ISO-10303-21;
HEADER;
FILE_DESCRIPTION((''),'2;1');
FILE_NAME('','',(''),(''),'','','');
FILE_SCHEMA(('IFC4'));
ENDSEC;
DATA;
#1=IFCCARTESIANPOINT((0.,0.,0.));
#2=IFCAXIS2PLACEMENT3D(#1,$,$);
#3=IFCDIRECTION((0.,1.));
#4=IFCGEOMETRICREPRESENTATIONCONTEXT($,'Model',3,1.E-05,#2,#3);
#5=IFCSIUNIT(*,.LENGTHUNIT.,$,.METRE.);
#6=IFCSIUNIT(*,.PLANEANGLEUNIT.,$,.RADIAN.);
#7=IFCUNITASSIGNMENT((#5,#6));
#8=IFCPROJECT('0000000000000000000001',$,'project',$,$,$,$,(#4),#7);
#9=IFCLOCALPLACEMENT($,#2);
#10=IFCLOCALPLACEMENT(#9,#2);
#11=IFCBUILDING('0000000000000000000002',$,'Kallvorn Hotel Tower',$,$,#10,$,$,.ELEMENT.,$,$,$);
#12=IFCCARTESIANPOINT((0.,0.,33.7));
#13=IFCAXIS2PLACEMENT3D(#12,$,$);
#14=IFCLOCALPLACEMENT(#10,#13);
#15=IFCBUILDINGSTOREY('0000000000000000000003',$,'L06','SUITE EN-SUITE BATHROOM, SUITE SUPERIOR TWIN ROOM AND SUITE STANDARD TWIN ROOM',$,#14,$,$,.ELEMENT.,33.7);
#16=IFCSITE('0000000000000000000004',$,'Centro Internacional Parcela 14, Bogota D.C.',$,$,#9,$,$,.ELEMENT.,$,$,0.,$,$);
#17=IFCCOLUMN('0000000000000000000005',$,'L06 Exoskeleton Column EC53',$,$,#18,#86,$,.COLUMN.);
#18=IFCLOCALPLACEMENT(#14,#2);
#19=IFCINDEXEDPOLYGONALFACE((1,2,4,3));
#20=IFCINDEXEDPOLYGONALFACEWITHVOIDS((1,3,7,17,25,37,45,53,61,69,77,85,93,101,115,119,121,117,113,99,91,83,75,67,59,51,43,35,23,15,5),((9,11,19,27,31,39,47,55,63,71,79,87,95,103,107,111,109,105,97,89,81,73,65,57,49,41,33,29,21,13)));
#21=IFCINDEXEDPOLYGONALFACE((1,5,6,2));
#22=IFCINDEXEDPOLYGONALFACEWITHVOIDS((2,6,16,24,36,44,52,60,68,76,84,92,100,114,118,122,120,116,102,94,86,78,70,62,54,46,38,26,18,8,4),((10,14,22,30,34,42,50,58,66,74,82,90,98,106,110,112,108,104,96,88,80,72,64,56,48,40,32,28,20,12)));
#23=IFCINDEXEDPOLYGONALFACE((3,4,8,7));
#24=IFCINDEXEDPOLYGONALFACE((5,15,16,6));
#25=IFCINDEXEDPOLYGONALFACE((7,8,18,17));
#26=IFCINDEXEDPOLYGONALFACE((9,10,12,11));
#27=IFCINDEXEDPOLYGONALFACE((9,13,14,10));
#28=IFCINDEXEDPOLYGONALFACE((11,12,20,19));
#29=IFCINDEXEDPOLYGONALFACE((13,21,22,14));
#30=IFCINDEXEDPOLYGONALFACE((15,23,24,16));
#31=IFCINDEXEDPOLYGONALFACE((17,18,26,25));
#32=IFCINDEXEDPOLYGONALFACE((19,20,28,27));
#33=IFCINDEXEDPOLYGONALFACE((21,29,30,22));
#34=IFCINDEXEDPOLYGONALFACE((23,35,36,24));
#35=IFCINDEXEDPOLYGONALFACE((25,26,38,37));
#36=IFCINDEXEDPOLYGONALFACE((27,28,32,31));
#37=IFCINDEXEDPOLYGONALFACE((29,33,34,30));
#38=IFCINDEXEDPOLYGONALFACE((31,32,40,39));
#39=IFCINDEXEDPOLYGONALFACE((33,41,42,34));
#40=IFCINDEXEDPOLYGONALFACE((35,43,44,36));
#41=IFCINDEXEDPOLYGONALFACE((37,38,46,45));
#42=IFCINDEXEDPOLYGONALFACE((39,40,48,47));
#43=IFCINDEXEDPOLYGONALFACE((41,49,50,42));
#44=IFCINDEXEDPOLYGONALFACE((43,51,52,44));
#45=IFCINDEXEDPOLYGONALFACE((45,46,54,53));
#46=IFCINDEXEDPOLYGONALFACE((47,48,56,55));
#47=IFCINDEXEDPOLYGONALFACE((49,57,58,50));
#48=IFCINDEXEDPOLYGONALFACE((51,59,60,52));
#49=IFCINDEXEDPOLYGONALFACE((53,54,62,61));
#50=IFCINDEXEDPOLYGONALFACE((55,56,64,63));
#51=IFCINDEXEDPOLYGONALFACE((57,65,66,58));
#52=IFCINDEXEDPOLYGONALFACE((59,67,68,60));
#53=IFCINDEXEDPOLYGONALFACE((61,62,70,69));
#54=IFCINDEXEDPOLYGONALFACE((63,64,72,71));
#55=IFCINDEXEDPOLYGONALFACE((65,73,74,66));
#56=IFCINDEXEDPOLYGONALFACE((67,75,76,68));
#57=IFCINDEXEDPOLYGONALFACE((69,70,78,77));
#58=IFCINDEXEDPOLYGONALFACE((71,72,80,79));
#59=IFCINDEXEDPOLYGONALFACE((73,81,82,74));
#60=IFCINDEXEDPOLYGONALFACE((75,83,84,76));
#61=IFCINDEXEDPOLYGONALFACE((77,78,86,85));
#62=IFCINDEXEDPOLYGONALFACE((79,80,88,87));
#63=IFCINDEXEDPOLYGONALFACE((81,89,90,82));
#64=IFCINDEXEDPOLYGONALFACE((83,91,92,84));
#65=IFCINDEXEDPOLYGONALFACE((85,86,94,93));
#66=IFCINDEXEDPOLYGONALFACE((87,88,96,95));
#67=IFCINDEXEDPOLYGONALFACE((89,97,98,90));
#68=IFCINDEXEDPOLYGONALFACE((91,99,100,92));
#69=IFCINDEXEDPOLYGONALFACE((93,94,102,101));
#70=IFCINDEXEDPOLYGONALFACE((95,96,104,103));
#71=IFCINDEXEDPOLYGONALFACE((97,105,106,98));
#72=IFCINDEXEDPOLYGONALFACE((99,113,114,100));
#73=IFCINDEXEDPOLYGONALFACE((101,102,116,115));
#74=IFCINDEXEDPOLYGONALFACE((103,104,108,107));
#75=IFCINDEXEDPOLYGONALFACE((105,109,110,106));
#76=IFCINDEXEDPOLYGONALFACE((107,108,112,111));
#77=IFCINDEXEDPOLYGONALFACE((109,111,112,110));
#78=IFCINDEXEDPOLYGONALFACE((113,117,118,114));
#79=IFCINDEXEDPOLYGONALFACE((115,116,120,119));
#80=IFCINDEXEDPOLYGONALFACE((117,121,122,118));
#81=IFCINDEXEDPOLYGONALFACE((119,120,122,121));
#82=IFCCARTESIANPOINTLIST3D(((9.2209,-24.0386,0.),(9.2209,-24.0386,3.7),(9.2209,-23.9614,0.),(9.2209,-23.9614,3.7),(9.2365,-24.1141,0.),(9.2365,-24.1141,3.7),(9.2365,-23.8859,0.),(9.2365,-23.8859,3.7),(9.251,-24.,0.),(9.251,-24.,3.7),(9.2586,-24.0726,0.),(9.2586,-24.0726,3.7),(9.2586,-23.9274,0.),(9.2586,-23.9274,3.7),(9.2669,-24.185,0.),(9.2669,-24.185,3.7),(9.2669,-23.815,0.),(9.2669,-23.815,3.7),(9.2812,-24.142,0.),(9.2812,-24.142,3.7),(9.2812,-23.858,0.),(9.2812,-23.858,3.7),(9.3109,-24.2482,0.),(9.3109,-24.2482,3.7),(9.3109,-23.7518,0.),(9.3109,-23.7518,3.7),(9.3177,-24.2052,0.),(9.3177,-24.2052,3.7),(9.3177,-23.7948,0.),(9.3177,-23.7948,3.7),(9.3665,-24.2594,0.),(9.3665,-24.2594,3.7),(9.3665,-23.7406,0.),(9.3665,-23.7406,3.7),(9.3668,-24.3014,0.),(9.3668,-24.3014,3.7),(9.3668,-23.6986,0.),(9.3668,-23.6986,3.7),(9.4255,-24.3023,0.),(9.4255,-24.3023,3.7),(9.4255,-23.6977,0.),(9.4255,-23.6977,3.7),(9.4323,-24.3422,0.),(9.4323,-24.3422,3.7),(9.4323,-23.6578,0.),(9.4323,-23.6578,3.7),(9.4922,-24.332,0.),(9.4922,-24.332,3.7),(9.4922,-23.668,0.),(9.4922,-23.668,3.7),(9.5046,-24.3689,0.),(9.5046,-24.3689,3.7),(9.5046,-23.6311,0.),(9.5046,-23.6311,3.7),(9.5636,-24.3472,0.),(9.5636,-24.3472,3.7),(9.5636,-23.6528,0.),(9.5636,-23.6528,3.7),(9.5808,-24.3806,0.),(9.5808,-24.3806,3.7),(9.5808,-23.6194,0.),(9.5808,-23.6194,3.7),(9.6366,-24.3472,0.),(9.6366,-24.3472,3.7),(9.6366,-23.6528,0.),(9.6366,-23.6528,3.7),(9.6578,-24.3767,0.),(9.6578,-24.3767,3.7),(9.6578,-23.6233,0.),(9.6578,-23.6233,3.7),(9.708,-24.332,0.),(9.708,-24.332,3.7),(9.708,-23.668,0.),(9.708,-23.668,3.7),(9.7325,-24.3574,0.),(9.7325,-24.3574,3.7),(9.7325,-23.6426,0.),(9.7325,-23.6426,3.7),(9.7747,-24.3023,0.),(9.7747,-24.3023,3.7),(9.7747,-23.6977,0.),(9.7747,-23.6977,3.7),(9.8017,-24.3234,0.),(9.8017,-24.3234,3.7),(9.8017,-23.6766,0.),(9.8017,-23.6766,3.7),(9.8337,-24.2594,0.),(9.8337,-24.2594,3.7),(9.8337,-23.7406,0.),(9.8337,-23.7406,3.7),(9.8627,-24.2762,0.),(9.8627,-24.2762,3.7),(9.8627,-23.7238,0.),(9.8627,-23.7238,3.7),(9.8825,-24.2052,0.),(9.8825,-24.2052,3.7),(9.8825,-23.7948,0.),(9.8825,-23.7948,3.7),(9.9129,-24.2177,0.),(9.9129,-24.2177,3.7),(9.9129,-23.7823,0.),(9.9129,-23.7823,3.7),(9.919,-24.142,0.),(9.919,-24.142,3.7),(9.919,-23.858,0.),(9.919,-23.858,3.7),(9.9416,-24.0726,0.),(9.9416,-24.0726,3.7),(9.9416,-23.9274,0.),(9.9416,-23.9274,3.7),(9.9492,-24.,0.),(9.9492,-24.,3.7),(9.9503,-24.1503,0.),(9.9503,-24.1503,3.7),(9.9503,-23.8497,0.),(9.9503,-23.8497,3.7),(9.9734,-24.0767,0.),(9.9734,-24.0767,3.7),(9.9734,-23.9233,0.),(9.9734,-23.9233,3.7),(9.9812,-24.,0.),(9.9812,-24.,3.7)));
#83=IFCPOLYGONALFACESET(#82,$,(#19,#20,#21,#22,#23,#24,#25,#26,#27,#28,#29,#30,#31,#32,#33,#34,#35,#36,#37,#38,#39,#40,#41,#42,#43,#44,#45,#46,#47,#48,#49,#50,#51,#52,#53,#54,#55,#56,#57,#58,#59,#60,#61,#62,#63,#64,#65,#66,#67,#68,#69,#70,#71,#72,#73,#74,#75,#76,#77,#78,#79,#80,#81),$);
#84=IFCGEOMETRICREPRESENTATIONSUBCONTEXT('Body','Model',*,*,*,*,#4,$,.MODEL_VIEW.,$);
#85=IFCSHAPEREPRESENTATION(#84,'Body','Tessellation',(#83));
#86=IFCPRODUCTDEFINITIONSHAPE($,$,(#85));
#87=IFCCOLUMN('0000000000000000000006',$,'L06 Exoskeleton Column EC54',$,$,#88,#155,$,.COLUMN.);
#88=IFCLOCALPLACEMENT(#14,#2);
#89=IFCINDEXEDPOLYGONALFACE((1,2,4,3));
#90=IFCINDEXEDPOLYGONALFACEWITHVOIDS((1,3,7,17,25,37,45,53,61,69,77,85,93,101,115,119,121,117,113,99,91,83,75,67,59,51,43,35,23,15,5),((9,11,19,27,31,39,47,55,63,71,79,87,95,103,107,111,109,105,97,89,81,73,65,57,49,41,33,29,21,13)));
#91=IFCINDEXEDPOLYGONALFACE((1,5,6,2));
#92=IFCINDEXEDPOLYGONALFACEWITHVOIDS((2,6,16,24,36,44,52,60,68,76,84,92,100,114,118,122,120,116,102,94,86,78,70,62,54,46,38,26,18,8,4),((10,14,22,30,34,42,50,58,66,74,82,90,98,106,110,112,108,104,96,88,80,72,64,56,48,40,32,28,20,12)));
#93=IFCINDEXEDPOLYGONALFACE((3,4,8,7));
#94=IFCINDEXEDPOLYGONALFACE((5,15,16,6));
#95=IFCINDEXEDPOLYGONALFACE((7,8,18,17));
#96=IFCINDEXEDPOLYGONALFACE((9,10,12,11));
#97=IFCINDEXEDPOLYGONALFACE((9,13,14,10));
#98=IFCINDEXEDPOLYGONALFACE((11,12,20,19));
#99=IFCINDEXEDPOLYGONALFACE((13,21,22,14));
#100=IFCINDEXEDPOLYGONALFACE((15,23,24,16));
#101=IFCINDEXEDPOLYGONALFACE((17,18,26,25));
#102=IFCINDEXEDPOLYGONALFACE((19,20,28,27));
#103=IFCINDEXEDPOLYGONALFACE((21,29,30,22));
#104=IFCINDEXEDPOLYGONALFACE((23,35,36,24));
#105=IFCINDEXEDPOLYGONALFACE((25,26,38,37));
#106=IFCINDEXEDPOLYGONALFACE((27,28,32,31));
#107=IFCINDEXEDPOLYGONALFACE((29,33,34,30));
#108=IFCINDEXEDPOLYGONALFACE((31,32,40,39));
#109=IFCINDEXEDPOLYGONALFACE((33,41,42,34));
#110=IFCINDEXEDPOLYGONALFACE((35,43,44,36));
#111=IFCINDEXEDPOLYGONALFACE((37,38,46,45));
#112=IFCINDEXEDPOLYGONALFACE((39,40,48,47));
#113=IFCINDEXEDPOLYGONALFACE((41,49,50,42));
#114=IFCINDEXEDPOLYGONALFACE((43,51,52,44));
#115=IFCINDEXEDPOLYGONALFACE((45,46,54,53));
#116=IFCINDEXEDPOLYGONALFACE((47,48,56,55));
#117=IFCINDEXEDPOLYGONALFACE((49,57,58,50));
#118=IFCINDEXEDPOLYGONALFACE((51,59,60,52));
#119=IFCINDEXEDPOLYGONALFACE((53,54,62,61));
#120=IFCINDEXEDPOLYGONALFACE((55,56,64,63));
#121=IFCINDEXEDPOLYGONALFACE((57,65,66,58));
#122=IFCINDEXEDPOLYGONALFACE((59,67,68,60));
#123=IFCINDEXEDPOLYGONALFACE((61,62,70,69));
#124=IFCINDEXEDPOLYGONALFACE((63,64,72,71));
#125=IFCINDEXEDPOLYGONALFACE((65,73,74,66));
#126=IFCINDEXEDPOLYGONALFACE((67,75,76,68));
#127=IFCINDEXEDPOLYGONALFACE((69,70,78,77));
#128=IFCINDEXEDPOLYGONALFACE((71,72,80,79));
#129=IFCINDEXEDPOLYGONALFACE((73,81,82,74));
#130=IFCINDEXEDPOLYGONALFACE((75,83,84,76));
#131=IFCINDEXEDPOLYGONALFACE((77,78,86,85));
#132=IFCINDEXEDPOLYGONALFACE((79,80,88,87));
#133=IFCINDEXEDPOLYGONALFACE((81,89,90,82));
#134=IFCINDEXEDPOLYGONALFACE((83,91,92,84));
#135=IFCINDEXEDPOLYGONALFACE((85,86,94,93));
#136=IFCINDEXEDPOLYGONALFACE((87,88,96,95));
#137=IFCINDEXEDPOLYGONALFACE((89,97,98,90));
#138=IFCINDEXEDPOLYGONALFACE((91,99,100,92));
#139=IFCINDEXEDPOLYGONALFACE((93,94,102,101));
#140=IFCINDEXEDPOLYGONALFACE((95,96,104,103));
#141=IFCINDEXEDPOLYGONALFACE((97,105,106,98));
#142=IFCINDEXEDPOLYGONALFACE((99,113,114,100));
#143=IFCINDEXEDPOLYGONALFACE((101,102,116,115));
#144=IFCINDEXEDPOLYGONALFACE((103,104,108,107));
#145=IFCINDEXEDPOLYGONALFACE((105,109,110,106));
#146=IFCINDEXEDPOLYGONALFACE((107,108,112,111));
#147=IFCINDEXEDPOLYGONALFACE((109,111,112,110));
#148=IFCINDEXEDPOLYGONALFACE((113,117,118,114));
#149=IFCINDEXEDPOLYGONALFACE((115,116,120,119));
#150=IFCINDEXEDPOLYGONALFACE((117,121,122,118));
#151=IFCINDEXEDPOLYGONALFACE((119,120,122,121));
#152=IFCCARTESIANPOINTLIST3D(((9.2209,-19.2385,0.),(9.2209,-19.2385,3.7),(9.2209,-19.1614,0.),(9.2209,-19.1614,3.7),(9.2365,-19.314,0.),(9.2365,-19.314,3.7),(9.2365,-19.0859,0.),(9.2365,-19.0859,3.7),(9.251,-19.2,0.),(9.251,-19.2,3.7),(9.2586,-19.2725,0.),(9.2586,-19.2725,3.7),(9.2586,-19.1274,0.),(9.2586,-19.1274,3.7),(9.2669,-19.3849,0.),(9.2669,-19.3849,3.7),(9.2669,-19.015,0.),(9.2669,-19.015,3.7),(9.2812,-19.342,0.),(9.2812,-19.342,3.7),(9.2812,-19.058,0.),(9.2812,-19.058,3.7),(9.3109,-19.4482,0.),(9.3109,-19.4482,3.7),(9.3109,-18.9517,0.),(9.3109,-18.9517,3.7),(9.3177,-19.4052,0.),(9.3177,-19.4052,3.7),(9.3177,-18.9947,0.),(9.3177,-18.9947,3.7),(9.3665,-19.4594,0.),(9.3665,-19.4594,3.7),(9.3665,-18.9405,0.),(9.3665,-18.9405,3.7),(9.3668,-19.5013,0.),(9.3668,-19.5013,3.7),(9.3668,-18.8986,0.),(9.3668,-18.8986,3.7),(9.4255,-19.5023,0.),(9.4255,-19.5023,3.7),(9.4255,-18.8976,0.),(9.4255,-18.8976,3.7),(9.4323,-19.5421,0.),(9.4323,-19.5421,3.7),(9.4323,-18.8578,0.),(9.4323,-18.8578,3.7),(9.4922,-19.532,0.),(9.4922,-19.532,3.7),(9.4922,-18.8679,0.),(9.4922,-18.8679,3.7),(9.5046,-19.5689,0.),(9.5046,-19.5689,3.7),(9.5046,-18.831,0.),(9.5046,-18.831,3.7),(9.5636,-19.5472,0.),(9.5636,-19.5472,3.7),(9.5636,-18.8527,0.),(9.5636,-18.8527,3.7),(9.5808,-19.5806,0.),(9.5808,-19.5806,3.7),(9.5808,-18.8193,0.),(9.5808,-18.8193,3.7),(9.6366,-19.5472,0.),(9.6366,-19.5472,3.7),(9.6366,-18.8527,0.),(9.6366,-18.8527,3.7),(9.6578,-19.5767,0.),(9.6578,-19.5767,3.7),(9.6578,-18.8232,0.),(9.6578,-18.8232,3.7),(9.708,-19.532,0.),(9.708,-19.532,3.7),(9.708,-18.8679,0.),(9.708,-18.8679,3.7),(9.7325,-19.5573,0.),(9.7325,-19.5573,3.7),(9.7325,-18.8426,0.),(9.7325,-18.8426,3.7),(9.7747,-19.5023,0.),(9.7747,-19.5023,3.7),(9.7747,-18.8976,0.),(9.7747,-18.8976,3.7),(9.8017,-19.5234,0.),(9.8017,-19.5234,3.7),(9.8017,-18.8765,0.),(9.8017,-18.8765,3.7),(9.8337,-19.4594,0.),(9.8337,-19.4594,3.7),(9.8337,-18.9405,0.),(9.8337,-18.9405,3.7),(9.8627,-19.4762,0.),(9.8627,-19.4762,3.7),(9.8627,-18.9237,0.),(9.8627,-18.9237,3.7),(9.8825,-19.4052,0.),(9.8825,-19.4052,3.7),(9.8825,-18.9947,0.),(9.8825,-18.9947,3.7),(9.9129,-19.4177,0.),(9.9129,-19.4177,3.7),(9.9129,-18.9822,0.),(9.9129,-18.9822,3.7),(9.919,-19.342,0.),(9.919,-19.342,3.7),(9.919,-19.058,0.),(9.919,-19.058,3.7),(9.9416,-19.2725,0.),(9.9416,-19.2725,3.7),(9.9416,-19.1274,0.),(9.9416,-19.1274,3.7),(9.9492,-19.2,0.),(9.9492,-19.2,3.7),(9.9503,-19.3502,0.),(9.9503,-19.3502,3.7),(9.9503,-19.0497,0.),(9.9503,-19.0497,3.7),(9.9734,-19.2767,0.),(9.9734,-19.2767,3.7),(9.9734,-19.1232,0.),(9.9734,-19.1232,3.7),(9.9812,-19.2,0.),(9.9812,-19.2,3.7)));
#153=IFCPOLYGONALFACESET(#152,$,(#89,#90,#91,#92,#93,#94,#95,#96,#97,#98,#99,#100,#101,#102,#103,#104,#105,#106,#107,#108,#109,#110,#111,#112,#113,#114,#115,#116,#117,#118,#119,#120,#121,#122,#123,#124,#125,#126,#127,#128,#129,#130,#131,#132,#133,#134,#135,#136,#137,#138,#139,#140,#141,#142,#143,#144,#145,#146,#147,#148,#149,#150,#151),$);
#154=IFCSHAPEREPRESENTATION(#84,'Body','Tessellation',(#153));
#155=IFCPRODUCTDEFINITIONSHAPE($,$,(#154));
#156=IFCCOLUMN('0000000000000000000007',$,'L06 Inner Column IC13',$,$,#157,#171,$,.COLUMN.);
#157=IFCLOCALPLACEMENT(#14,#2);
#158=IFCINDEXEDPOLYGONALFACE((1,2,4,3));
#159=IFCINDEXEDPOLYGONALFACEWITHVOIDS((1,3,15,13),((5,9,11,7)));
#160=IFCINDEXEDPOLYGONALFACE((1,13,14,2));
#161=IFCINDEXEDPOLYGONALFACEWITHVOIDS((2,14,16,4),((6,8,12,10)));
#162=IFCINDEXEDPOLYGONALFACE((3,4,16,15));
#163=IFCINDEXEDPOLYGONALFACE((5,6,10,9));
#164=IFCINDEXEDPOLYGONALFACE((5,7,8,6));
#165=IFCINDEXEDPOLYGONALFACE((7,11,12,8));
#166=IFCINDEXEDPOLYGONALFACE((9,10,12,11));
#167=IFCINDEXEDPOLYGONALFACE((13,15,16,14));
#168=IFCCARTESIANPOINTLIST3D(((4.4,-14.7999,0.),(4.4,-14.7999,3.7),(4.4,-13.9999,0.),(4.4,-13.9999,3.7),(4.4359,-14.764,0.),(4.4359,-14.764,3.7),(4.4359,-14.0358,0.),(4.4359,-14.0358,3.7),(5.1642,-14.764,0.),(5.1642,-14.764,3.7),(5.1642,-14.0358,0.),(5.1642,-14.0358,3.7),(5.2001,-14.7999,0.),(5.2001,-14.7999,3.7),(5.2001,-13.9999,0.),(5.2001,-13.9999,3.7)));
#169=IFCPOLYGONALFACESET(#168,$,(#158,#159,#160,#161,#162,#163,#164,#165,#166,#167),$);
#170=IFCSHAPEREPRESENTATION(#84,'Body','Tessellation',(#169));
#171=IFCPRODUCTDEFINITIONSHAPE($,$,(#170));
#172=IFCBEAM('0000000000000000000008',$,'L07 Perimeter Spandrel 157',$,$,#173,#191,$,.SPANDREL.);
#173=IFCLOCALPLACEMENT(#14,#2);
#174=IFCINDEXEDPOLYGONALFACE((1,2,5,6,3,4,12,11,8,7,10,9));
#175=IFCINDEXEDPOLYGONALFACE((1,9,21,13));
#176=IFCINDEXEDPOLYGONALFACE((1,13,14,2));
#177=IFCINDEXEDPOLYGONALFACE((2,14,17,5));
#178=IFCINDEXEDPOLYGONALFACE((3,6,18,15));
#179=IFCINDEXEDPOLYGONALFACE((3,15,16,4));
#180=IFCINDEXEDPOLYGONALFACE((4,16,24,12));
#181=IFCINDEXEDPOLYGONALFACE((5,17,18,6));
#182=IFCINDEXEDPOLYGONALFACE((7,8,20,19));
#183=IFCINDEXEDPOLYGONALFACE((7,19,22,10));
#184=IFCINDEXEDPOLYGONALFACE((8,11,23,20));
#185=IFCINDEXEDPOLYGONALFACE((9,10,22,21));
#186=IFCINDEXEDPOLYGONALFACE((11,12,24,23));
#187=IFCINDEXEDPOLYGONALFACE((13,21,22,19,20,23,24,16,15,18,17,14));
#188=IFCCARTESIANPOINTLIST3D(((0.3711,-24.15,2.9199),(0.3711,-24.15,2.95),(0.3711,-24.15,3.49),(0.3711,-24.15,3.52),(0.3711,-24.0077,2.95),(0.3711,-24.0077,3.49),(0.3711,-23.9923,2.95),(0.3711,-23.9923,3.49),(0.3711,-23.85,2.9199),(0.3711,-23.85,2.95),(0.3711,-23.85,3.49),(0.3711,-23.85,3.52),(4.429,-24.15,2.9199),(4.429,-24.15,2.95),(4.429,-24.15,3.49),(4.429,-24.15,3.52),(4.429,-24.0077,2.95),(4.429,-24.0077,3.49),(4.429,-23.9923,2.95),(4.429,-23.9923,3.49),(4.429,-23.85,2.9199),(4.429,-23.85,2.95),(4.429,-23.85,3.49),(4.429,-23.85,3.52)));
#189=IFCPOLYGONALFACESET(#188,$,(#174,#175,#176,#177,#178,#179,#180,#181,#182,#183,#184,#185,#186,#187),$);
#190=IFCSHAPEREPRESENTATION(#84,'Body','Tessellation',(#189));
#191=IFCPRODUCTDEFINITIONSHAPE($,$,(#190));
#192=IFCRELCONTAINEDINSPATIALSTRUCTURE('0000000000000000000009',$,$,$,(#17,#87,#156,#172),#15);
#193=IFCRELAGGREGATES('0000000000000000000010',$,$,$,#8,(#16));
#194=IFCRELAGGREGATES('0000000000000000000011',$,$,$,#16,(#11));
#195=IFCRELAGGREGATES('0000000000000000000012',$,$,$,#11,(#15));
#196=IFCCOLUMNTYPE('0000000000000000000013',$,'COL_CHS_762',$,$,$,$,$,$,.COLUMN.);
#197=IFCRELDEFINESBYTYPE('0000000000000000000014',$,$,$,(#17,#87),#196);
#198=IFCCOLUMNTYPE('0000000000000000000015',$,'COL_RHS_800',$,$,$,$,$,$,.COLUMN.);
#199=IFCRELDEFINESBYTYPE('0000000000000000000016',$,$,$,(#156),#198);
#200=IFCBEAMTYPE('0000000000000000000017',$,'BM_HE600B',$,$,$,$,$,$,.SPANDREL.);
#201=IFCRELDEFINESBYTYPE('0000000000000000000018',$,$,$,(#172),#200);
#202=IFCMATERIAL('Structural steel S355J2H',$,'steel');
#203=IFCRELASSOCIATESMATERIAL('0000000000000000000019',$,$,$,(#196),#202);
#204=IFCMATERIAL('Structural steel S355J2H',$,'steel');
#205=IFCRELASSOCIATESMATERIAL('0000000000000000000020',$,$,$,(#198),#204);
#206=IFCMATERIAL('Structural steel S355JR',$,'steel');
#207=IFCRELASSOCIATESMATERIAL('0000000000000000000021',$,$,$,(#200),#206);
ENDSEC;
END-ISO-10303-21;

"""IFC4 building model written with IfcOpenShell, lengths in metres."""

from ifc_helpers import new_model, si_unit, direction, frame, origin, origin_2d, place, context, subcontext, project, spatial, hollow_rectangle, hollow_circle, i_section, extrude, material, material_profile, profile_set, type_object, element, save


model = new_model("IFC4")

# Units and contexts
model_context = context("Model", 3, precision=1e-05, world=origin(), true_north=direction((0.0, 1.0)))
body_context = subcontext(model_context, "Body", "Model", "MODEL_VIEW")
ifc_project = project(units=[si_unit("LENGTHUNIT", "METRE"), si_unit("PLANEANGLEUNIT", "RADIAN")], contexts=[model_context])

# Site, building, storey
site_placement = place(None, origin())
site = spatial("IfcSite", under=ifc_project, at=site_placement, Name="Centro Internacional Parcela 14, Bogota D.C.", CompositionType="ELEMENT", RefElevation=0.0)
building_placement = place(site_placement, origin())
building = spatial("IfcBuilding", under=site, at=building_placement, Name="Kallvorn Hotel Tower", CompositionType="ELEMENT")
storey_placement = place(building_placement, frame((0.0, 0.0, 33.7)))
storey = spatial("IfcBuildingStorey", under=building, at=storey_placement, Name="L06", Description="SUITE EN-SUITE BATHROOM, SUITE SUPERIOR TWIN ROOM AND SUITE STANDARD TWIN ROOM", CompositionType="ELEMENT", Elevation=33.7)

# Columns
ifc_material_1 = material(Name="Structural steel S355J2H", Category="steel")
ifc_material_profile_1 = material_profile(ifc_material_1, hollow_circle(Radius=0.3811, WallThickness=0.032, at=origin_2d()), Name="CHS 762x32")
ifc_profile_set_1 = profile_set([ifc_material_profile_1], Name="Structural steel S355J2H")
column_type_1 = type_object("IfcColumnType", Name="COL_CHS_762", PredefinedType="COLUMN", material=ifc_profile_set_1)
for number, where, z_axis, x_axis, name in (
    (1, (9.6001, -24.0, 0.0), (0.0, 0.0, 1.0), (1.0, 0.0, 0.0), "L06 Exoskeleton Column EC53"),
    (2, (9.6001, -19.2, 0.0), (0.0, 0.0, 1.0), (1.0, 0.0, 0.0), "L06 Exoskeleton Column EC54"),
):
    element("IfcColumn", number, at=place(storey_placement, frame(where, z_axis=z_axis, x_axis=x_axis)), inside=storey, type_object=column_type_1, Name=name, PredefinedType="COLUMN", context=body_context, shape_type="SweptSolid", body=[
        extrude(hollow_circle(Radius=0.3811, WallThickness=0.032, at=origin_2d()), origin(), (0.0, 0.0, 1.0), 3.7),
    ])
ifc_material_2 = material(Name="Structural steel S355J2H", Category="steel")
ifc_material_profile_2 = material_profile(ifc_material_2, hollow_rectangle(XDim=0.8, YDim=0.8, WallThickness=0.0359, at=origin_2d()), Name="RHS 800x800x36")
ifc_profile_set_2 = profile_set([ifc_material_profile_2], Name="Structural steel S355J2H")
column_type_2 = type_object("IfcColumnType", Name="COL_RHS_800", PredefinedType="COLUMN", material=ifc_profile_set_2)
column_placement = place(storey_placement, frame((4.8, -14.3999, 0.0), z_axis=(0.0, 0.0, 1.0), x_axis=(1.0, 0.0, 0.0)))
element("IfcColumn", 3, at=column_placement, inside=storey, type_object=column_type_2, Name="L06 Inner Column IC13", PredefinedType="COLUMN", context=body_context, shape_type="SweptSolid", body=[
    extrude(hollow_rectangle(XDim=0.8, YDim=0.8, WallThickness=0.0359, at=origin_2d()), origin(), (0.0, 0.0, 1.0), 3.7),
])

# Beam
ifc_material_3 = material(Name="Structural steel S355JR", Category="steel")
ifc_material_profile_3 = material_profile(ifc_material_3, i_section(OverallWidth=0.3, OverallDepth=0.6001, WebThickness=0.0154, FlangeThickness=0.03, at=origin_2d()), Name="HE 600 B")
ifc_profile_set_3 = profile_set([ifc_material_profile_3], Name="Structural steel S355JR")
beam_type_1 = type_object("IfcBeamType", Name="BM_HE600B", PredefinedType="SPANDREL", material=ifc_profile_set_3)
beam_1_placement = place(storey_placement, frame((0.3711, -24.0, 3.22), z_axis=(1.0, 0.0, 0.0), x_axis=(0.0, 1.0, 0.0)))
element("IfcBeam", 4, at=beam_1_placement, inside=storey, type_object=beam_type_1, Name="L07 Perimeter Spandrel 157", PredefinedType="SPANDREL", context=body_context, shape_type="SweptSolid", body=[
    extrude(i_section(OverallWidth=0.3, OverallDepth=0.6001, WebThickness=0.0154, FlangeThickness=0.03, at=origin_2d()), origin(), (0.0, 0.0, 1.0), 4.0579),
])

save(model, "model.ifc")
